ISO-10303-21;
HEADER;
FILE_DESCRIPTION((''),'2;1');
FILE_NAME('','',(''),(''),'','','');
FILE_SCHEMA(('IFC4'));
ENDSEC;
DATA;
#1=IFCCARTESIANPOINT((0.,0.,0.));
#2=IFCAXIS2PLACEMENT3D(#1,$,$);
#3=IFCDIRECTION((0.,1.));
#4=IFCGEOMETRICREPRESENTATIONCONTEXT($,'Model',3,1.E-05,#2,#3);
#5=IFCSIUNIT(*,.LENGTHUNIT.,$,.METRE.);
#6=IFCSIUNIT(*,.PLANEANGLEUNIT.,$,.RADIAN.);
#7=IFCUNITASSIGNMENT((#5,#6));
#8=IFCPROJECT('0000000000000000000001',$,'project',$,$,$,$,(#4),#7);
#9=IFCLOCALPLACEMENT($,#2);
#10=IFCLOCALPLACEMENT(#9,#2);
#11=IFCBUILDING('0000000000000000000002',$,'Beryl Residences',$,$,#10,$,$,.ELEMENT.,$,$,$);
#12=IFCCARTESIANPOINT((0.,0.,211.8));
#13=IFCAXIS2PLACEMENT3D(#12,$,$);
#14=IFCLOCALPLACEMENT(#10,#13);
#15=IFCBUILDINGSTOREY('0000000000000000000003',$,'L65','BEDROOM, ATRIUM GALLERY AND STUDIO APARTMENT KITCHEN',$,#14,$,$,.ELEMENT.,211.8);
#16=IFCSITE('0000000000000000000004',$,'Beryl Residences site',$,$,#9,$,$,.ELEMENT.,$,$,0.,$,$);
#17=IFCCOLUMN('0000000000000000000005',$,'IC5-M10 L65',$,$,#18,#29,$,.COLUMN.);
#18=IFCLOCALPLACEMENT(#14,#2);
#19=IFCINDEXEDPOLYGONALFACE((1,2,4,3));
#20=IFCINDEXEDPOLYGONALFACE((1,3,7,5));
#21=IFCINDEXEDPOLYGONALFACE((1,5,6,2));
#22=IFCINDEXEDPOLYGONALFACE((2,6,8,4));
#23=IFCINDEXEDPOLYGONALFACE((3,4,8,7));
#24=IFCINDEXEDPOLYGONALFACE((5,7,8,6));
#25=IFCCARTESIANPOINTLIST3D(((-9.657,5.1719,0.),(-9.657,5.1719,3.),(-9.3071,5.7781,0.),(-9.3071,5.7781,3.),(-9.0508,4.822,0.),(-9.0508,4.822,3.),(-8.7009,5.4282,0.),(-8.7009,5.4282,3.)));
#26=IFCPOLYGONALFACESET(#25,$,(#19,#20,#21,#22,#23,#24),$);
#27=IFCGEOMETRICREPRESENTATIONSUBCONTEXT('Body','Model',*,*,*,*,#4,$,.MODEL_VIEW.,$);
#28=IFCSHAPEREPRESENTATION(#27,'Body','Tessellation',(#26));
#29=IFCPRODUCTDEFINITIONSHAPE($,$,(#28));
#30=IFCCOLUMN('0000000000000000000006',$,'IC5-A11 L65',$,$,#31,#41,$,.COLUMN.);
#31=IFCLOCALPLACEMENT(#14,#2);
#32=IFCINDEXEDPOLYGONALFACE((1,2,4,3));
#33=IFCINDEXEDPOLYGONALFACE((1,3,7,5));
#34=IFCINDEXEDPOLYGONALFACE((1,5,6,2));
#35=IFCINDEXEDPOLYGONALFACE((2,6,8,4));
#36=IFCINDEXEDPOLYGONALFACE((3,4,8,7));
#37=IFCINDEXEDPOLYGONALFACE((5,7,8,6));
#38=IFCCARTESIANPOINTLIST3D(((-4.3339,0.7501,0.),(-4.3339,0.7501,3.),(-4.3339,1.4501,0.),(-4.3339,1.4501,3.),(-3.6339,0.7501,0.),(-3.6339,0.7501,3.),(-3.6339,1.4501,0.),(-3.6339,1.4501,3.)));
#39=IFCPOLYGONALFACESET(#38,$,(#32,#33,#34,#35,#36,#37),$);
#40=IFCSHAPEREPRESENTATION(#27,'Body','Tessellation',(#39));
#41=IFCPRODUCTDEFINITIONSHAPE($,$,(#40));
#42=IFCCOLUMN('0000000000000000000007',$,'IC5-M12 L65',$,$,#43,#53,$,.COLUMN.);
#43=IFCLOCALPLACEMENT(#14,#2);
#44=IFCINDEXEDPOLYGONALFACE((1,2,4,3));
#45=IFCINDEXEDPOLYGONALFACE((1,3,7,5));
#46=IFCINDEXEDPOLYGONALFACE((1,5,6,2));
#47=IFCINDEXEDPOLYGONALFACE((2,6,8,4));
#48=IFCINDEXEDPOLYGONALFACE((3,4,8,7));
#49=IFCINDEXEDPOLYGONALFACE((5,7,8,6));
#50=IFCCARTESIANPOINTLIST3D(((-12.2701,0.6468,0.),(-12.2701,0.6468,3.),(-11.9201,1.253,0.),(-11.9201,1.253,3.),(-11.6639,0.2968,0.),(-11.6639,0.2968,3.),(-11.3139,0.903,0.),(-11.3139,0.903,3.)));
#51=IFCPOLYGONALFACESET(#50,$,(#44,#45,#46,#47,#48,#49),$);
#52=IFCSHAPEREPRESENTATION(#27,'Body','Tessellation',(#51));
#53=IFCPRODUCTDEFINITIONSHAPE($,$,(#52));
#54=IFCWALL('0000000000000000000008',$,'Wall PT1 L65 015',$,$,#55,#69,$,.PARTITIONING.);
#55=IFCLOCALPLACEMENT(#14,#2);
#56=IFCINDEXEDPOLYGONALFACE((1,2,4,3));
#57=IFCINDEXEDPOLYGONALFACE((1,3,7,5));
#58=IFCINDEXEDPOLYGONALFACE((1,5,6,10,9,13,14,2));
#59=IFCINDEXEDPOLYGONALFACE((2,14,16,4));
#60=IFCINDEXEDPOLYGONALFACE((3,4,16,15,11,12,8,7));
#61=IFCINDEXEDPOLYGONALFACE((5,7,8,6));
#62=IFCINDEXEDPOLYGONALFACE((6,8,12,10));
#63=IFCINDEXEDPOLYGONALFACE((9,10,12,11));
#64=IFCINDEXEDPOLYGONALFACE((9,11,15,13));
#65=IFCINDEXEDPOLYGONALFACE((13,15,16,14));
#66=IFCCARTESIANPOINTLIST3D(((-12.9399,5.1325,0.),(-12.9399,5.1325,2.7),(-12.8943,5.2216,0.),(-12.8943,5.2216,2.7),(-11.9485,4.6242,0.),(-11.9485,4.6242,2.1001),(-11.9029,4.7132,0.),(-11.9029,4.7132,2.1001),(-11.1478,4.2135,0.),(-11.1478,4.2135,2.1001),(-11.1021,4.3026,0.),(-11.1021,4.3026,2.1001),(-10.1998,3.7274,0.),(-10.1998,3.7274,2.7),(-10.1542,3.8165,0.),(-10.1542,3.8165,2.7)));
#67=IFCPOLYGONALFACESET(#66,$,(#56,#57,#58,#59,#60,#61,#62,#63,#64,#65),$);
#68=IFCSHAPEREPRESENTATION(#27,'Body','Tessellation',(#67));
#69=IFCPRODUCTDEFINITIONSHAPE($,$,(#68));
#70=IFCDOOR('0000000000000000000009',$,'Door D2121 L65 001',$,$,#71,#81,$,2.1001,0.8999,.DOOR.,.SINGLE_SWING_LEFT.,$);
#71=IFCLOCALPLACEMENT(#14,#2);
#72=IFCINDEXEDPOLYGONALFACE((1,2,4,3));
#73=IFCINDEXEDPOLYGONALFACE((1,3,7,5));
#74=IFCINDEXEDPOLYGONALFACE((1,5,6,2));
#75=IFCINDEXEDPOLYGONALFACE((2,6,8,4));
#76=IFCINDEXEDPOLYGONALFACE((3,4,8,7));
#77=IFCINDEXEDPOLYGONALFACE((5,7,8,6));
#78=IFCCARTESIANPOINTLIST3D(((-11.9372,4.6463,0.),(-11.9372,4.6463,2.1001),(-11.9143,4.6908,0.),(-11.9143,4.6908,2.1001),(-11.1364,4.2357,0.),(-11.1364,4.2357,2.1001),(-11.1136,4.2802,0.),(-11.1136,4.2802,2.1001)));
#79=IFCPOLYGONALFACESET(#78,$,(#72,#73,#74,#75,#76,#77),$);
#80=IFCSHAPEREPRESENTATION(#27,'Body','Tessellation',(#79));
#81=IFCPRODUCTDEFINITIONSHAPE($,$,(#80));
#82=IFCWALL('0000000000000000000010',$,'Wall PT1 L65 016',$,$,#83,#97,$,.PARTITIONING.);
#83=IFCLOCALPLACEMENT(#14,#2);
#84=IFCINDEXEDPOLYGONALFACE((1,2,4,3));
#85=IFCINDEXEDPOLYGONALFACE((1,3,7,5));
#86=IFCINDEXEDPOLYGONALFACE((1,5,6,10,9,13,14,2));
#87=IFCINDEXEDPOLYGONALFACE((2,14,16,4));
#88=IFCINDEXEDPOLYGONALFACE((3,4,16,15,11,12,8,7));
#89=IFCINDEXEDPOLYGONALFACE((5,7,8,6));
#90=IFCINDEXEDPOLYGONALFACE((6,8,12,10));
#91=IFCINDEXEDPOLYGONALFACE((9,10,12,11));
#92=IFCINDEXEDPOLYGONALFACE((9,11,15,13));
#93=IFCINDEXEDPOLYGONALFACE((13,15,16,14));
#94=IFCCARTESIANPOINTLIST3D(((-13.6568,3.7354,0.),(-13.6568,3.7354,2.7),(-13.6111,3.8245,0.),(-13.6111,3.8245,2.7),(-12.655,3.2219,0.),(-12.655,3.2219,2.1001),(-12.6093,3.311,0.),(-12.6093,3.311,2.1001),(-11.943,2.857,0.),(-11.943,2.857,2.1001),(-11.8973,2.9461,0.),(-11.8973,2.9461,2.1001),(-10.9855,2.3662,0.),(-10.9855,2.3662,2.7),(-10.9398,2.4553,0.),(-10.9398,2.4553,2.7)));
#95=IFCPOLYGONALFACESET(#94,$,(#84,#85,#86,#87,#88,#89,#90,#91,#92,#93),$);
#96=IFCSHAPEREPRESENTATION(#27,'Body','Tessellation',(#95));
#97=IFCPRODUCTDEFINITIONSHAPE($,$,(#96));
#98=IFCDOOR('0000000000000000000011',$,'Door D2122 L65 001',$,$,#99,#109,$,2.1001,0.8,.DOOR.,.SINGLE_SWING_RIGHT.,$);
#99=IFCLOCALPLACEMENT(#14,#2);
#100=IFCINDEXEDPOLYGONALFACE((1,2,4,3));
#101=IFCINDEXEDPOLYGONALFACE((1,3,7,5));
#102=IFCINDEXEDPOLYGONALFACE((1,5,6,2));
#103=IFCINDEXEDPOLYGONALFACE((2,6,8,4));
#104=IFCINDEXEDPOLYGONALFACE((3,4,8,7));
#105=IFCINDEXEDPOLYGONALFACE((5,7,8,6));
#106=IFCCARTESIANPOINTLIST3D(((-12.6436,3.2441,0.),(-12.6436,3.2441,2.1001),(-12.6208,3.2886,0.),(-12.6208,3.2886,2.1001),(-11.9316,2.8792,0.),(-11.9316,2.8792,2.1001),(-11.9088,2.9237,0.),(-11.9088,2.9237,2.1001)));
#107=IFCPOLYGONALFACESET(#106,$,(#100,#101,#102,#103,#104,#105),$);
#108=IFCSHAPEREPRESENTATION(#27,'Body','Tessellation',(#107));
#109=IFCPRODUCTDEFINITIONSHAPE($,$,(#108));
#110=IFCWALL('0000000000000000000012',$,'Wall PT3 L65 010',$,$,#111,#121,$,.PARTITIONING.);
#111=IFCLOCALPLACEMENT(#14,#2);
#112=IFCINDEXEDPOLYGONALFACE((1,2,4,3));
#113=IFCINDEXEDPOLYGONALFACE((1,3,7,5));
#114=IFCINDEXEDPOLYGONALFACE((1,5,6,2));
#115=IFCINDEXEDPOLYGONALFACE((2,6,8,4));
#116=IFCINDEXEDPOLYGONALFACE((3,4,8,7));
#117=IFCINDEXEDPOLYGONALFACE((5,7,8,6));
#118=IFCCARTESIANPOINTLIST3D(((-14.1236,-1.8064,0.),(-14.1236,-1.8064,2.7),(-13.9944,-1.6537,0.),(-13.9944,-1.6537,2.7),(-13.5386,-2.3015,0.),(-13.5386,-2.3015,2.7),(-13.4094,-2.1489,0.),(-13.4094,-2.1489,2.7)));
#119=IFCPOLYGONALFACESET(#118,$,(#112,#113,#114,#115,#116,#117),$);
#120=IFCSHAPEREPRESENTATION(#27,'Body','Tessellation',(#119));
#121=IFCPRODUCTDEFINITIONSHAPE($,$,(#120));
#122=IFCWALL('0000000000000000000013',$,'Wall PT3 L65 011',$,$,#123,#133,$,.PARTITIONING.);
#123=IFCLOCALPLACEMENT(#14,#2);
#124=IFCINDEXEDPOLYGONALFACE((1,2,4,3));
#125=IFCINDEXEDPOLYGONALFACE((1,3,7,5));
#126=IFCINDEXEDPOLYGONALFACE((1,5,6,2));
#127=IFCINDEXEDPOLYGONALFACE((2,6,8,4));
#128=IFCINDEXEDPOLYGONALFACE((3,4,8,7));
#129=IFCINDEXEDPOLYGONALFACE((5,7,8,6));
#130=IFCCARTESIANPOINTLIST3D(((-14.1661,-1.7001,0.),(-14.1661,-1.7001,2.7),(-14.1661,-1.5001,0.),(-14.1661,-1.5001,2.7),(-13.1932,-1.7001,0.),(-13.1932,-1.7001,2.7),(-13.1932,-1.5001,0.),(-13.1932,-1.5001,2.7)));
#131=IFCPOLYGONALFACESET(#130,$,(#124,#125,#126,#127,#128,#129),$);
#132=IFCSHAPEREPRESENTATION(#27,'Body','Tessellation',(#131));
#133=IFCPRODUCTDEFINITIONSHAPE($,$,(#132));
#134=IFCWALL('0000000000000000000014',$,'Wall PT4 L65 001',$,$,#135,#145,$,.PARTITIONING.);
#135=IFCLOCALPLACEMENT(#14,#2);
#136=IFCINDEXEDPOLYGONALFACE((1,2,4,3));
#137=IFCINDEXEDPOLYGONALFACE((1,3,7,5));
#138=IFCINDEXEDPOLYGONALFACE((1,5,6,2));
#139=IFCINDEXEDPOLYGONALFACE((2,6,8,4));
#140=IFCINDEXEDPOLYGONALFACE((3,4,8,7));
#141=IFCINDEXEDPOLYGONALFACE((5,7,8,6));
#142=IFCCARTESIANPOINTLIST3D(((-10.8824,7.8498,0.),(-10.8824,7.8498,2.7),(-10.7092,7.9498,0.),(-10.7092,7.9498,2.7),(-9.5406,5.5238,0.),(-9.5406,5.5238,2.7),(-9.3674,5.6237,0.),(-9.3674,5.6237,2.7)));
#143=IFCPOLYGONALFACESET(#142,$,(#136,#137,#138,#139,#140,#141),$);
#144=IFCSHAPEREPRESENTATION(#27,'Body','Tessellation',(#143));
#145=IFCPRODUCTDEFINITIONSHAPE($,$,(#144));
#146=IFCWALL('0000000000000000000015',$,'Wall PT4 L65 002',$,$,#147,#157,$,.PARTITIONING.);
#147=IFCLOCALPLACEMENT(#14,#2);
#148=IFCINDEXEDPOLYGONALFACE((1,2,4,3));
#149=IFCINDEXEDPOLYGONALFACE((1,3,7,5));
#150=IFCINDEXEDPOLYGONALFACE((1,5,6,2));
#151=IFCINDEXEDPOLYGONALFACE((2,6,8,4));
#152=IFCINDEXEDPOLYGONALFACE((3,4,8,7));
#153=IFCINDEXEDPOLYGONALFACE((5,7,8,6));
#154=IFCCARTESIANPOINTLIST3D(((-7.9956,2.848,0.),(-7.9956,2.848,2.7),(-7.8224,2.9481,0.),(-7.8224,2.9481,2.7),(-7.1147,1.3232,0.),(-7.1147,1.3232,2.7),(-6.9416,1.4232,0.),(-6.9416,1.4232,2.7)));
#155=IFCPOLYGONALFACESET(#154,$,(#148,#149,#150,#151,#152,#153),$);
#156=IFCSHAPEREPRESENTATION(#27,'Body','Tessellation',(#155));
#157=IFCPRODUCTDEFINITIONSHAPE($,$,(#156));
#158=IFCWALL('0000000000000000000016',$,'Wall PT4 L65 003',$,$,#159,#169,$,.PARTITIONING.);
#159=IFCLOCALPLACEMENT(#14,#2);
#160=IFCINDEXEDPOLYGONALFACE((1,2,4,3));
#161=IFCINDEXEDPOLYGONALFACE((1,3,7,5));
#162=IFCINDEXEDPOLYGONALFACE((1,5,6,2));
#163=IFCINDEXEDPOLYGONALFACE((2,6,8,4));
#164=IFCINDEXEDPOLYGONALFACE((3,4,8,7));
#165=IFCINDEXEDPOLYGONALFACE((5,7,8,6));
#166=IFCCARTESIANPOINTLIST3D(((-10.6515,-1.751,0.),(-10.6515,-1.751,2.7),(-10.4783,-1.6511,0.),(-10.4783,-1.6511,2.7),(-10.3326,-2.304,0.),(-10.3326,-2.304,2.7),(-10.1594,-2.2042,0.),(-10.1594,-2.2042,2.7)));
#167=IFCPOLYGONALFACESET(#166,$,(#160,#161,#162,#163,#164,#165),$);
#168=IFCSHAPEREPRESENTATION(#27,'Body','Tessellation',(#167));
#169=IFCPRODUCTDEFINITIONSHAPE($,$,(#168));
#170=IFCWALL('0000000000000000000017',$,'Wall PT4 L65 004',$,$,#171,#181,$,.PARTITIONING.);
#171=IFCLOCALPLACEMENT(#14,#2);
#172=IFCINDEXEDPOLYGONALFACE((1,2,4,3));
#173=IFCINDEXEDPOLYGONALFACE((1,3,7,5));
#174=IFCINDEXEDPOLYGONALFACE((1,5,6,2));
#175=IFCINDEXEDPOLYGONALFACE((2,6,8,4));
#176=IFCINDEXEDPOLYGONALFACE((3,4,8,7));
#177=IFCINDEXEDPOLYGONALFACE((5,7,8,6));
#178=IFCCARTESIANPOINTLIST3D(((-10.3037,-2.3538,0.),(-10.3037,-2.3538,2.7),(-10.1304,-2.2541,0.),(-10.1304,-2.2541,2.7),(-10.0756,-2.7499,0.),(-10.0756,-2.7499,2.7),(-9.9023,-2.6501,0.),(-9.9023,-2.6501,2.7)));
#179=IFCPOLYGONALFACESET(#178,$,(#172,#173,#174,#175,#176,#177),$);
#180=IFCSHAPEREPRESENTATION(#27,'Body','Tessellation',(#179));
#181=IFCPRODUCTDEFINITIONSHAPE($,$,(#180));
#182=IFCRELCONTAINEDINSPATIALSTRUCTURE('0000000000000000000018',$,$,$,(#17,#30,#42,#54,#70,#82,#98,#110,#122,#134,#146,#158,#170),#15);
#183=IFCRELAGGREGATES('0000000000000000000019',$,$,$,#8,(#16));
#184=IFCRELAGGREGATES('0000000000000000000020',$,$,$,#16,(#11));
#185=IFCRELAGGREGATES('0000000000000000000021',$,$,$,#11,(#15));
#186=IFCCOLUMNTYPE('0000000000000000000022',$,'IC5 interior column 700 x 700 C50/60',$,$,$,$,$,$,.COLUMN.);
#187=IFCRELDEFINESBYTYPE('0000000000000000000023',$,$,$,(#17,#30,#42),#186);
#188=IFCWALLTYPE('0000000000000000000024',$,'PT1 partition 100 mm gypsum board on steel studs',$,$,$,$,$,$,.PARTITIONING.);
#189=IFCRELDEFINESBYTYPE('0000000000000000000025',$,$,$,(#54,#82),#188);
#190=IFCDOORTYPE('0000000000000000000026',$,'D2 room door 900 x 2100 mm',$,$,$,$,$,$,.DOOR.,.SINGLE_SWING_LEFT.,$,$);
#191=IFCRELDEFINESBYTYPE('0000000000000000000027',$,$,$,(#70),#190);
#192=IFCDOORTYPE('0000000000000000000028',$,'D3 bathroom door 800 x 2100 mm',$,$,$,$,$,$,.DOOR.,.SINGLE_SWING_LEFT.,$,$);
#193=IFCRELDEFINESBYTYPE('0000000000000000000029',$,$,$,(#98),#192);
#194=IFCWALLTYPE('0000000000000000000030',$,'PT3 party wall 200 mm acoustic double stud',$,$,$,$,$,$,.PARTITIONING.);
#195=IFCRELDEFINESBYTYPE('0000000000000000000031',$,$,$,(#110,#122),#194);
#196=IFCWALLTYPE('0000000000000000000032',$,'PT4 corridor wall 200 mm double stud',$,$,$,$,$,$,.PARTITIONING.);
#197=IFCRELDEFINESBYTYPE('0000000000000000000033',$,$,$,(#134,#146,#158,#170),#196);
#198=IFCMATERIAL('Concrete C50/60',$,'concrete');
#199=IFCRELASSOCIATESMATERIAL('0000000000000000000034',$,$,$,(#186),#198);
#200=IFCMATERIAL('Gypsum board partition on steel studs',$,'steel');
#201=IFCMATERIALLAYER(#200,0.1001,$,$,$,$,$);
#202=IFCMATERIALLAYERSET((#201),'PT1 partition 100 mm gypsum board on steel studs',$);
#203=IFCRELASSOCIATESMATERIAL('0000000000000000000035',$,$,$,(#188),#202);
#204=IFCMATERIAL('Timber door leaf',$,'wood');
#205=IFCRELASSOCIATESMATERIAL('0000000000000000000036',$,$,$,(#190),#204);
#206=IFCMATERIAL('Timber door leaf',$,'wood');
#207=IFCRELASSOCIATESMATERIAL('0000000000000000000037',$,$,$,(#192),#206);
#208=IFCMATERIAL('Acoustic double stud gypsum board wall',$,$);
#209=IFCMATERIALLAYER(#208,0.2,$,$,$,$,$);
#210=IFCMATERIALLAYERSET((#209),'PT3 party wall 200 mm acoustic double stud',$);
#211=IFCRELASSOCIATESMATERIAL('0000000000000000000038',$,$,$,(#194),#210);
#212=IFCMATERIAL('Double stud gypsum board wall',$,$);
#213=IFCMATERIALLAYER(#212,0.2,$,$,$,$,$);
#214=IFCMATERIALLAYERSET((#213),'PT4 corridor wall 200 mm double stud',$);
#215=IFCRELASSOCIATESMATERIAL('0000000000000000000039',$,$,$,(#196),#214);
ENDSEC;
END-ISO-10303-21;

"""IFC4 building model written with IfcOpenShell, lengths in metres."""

from ifc_helpers import new_model, si_unit, direction, frame, frame_2d, origin, origin_2d, place, context, subcontext, project, spatial, rectangle, extrude, material, layer, layer_set, material_profile, profile_set, type_object, element, fill, save


model = new_model("IFC4")

# Units and contexts
model_context = context("Model", 3, precision=1e-05, world=origin(), true_north=direction((0.0, 1.0)))
body_context = subcontext(model_context, "Body", "Model", "MODEL_VIEW")
ifc_project = project(units=[si_unit("LENGTHUNIT", "METRE"), si_unit("PLANEANGLEUNIT", "RADIAN")], contexts=[model_context])

# Site, building, storey
site_placement = place(None, origin())
site = spatial("IfcSite", under=ifc_project, at=site_placement, Name="Beryl Residences site", CompositionType="ELEMENT", RefElevation=0.0)
building_placement = place(site_placement, origin())
building = spatial("IfcBuilding", under=site, at=building_placement, Name="Beryl Residences", CompositionType="ELEMENT")
storey_placement = place(building_placement, frame((0.0, 0.0, 211.8)))
storey = spatial("IfcBuildingStorey", under=building, at=storey_placement, Name="L65", Description="BEDROOM, ATRIUM GALLERY AND STUDIO APARTMENT KITCHEN", CompositionType="ELEMENT", Elevation=211.8)

# Columns
ifc_material_1 = material(Name="Concrete C50/60", Category="concrete")
ifc_material_profile = material_profile(ifc_material_1, rectangle(XDim=0.7, YDim=0.7, at=origin_2d()))
ifc_profile_set = profile_set([ifc_material_profile], Name="Concrete C50/60")
column_type = type_object("IfcColumnType", Name="IC5 interior column 700 x 700 C50/60", PredefinedType="COLUMN", material=ifc_profile_set)
for number, where, z_axis, x_axis, name in (
    (1, (-9.179, 5.3, 0.0), (0.0, 0.0, 1.0), (-0.49997, -0.866043, 0.0), "IC5-M10 L65"),
    (2, (-3.9839, 1.1001, 0.0), (0.0, 0.0, 1.0), (1.0, 0.0, 0.0), "IC5-A11 L65"),
    (3, (-11.792, 0.7749, 0.0), (0.0, 0.0, 1.0), (-0.49997, -0.866043, 0.0), "IC5-M12 L65"),
):
    element("IfcColumn", number, at=place(storey_placement, frame(where, z_axis=z_axis, x_axis=x_axis)), inside=storey, type_object=column_type, Name=name, PredefinedType="COLUMN", context=body_context, shape_type="SweptSolid", body=[
        extrude(rectangle(XDim=0.7, YDim=0.7, at=origin_2d()), origin(), (0.0, 0.0, 1.0), 3.0),
    ])

# Walls, openings, doors
ifc_material_2 = material(Name="Gypsum board partition on steel studs", Category="steel")
ifc_layer_1 = layer(ifc_material_2, 0.1001)
ifc_layer_set_1 = layer_set([ifc_layer_1], Name="PT1 partition 100 mm gypsum board on steel studs")
wall_type_1 = type_object("IfcWallType", Name="PT1 partition 100 mm gypsum board on steel studs", PredefinedType="PARTITIONING", material=ifc_layer_set_1)
wall_1_placement = place(storey_placement, frame((-12.917, 5.177, 0.0), z_axis=(0.0, 0.0, 1.0), x_axis=(0.88983, -0.456293, 0.0)))
wall_1 = element("IfcWall", 4, at=wall_1_placement, inside=storey, type_object=wall_type_1, Name="Wall PT1 L65 015", PredefinedType="PARTITIONING", context=body_context, shape_type="SweptSolid", body=[
    extrude(rectangle(XDim=3.0793, YDim=0.1001, at=frame_2d((1.5396, 0.0))), origin(), (0.0, 0.0, 1.0), 2.7),
])
opening_1_placement = place(wall_1_placement, frame((1.114, 0.0, 0.0)))
opening_1 = element("IfcOpeningElement", 5, at=opening_1_placement, cuts=wall_1, PredefinedType="OPENING", context=body_context, shape_type="SweptSolid", body=[
    extrude(rectangle(XDim=0.8999, YDim=2.1001, at=frame_2d((0.45, 1.05))), frame((0.0, 0.0601, 0.0), z_axis=(0.0, -1.0, 0.0), x_axis=(1.0, 0.0, 0.0)), (0.0, 0.0, 1.0), 0.1201),
])
ifc_material_3 = material(Name="Timber door leaf", Category="wood")
door_type_1 = type_object("IfcDoorType", Name="D2 room door 900 x 2100 mm", OperationType="SINGLE_SWING_LEFT", PredefinedType="DOOR", material=ifc_material_3)
door_1_placement = place(opening_1_placement, origin())
door_1 = element("IfcDoor", 6, at=door_1_placement, inside=storey, type_object=door_type_1, Name="Door D2121 L65 001", OperationType="SINGLE_SWING_LEFT", OverallHeight=2.1001, OverallWidth=0.8999, PredefinedType="DOOR", context=body_context, shape_type="SweptSolid", body=[
    extrude(rectangle(XDim=0.8999, YDim=2.1001, at=frame_2d((0.45, 1.05))), frame((0.0, 0.0249, 0.0), z_axis=(0.0, -1.0, 0.0), x_axis=(1.0, 0.0, 0.0)), (0.0, 0.0, 1.0), 0.05),
])
fill(opening_1, door_1)
wall_2_placement = place(storey_placement, frame((-13.634, 3.78, 0.0), z_axis=(0.0, 0.0, 1.0), x_axis=(0.889909, -0.456138, 0.0)))
wall_2 = element("IfcWall", 7, at=wall_2_placement, inside=storey, type_object=wall_type_1, Name="Wall PT1 L65 016", PredefinedType="PARTITIONING", context=body_context, shape_type="SweptSolid", body=[
    extrude(rectangle(XDim=3.0017, YDim=0.1001, at=frame_2d((1.501, 0.0))), origin(), (0.0, 0.0, 1.0), 2.7),
])
opening_2_placement = place(wall_2_placement, frame((1.126, 0.0, 0.0)))
opening_2 = element("IfcOpeningElement", 8, at=opening_2_placement, cuts=wall_2, PredefinedType="OPENING", context=body_context, shape_type="SweptSolid", body=[
    extrude(rectangle(XDim=0.8, YDim=2.1001, at=frame_2d((0.3999, 1.05))), frame((0.0, 0.0601, 0.0), z_axis=(0.0, -1.0, 0.0), x_axis=(1.0, 0.0, 0.0)), (0.0, 0.0, 1.0), 0.1201),
])
ifc_material_4 = material(Name="Timber door leaf", Category="wood")
door_type_2 = type_object("IfcDoorType", Name="D3 bathroom door 800 x 2100 mm", OperationType="SINGLE_SWING_LEFT", PredefinedType="DOOR", material=ifc_material_4)
door_2_placement = place(opening_2_placement, origin())
door_2 = element("IfcDoor", 9, at=door_2_placement, inside=storey, type_object=door_type_2, Name="Door D2122 L65 001", OperationType="SINGLE_SWING_RIGHT", OverallHeight=2.1001, OverallWidth=0.8, PredefinedType="DOOR", context=body_context, shape_type="SweptSolid", body=[
    extrude(rectangle(XDim=0.8, YDim=2.1001, at=frame_2d((0.3999, 1.05))), frame((0.0, 0.0249, 0.0), z_axis=(0.0, -1.0, 0.0), x_axis=(1.0, 0.0, 0.0)), (0.0, 0.0, 1.0), 0.05),
])
fill(opening_2, door_2)

# Walls
ifc_material_5 = material(Name="Acoustic double stud gypsum board wall")
ifc_layer_2 = layer(ifc_material_5, 0.2)
ifc_layer_set_2 = layer_set([ifc_layer_2], Name="PT3 party wall 200 mm acoustic double stud")
wall_type_2 = type_object("IfcWallType", Name="PT3 party wall 200 mm acoustic double stud", PredefinedType="PARTITIONING", material=ifc_layer_set_2)
wall_3_placement = place(storey_placement, frame((-14.0591, -1.73, 0.0), z_axis=(0.0, 0.0, 1.0), x_axis=(0.76329, -0.646056, 0.0)))
element("IfcWall", 10, at=wall_3_placement, inside=storey, type_object=wall_type_2, Name="Wall PT3 L65 010", PredefinedType="PARTITIONING", context=body_context, shape_type="SweptSolid", body=[
    extrude(rectangle(XDim=0.7664, YDim=0.2, at=frame_2d((0.3833, 0.0))), origin(), (0.0, 0.0, 1.0), 2.7),
])
wall_4_placement = place(storey_placement, frame((-14.166, -1.6001, 0.0), z_axis=(0.0, 0.0, 1.0), x_axis=(1.0, 0.0, 0.0)))
element("IfcWall", 11, at=wall_4_placement, inside=storey, type_object=wall_type_2, Name="Wall PT3 L65 011", PredefinedType="PARTITIONING", context=body_context, shape_type="SweptSolid", body=[
    extrude(rectangle(XDim=0.9729, YDim=0.2, at=frame_2d((0.4863, 0.0))), origin(), (0.0, 0.0, 1.0), 2.7),
])
ifc_material_6 = material(Name="Double stud gypsum board wall")
ifc_layer_3 = layer(ifc_material_6, 0.2)
ifc_layer_set_3 = layer_set([ifc_layer_3], Name="PT4 corridor wall 200 mm double stud")
wall_type_3 = type_object("IfcWallType", Name="PT4 corridor wall 200 mm double stud", PredefinedType="PARTITIONING", material=ifc_layer_set_3)
wall_5_placement = place(storey_placement, frame((-10.7959, 7.8999, 0.0), z_axis=(0.0, 0.0, 1.0), x_axis=(0.499699, -0.866199, 0.0)))
element("IfcWall", 12, at=wall_5_placement, inside=storey, type_object=wall_type_3, Name="Wall PT4 L65 001", PredefinedType="PARTITIONING", context=body_context, shape_type="SweptSolid", body=[
    extrude(rectangle(XDim=2.6853, YDim=0.2, at=frame_2d((1.3428, 0.0))), origin(), (0.0, 0.0, 1.0), 2.7),
])
wall_6_placement = place(storey_placement, frame((-7.9089, 2.8979, 0.0), z_axis=(0.0, 0.0, 1.0), x_axis=(0.500194, -0.865913, 0.0)))
element("IfcWall", 13, at=wall_6_placement, inside=storey, type_object=wall_type_3, Name="Wall PT4 L65 002", PredefinedType="PARTITIONING", context=body_context, shape_type="SweptSolid", body=[
    extrude(rectangle(XDim=1.761, YDim=0.2, at=frame_2d((0.8804, 0.0))), origin(), (0.0, 0.0, 1.0), 2.7),
])
wall_7_placement = place(storey_placement, frame((-10.5649, -1.7009, 0.0), z_axis=(0.0, 0.0, 1.0), x_axis=(0.499513, -0.866307, 0.0)))
element("IfcWall", 14, at=wall_7_placement, inside=storey, type_object=wall_type_3, Name="Wall PT4 L65 003", PredefinedType="PARTITIONING", context=body_context, shape_type="SweptSolid", body=[
    extrude(rectangle(XDim=0.6384, YDim=0.2, at=frame_2d((0.3193, 0.0))), origin(), (0.0, 0.0, 1.0), 2.7),
])
wall_8_placement = place(storey_placement, frame((-10.217, -2.304, 0.0), z_axis=(0.0, 0.0, 1.0), x_axis=(0.499013, -0.866594, 0.0)))
element("IfcWall", 15, at=wall_8_placement, inside=storey, type_object=wall_type_3, Name="Wall PT4 L65 004", PredefinedType="PARTITIONING", context=body_context, shape_type="SweptSolid", body=[
    extrude(rectangle(XDim=0.457, YDim=0.2, at=frame_2d((0.2285, 0.0))), origin(), (0.0, 0.0, 1.0), 2.7),
])

save(model, "model.ifc")
